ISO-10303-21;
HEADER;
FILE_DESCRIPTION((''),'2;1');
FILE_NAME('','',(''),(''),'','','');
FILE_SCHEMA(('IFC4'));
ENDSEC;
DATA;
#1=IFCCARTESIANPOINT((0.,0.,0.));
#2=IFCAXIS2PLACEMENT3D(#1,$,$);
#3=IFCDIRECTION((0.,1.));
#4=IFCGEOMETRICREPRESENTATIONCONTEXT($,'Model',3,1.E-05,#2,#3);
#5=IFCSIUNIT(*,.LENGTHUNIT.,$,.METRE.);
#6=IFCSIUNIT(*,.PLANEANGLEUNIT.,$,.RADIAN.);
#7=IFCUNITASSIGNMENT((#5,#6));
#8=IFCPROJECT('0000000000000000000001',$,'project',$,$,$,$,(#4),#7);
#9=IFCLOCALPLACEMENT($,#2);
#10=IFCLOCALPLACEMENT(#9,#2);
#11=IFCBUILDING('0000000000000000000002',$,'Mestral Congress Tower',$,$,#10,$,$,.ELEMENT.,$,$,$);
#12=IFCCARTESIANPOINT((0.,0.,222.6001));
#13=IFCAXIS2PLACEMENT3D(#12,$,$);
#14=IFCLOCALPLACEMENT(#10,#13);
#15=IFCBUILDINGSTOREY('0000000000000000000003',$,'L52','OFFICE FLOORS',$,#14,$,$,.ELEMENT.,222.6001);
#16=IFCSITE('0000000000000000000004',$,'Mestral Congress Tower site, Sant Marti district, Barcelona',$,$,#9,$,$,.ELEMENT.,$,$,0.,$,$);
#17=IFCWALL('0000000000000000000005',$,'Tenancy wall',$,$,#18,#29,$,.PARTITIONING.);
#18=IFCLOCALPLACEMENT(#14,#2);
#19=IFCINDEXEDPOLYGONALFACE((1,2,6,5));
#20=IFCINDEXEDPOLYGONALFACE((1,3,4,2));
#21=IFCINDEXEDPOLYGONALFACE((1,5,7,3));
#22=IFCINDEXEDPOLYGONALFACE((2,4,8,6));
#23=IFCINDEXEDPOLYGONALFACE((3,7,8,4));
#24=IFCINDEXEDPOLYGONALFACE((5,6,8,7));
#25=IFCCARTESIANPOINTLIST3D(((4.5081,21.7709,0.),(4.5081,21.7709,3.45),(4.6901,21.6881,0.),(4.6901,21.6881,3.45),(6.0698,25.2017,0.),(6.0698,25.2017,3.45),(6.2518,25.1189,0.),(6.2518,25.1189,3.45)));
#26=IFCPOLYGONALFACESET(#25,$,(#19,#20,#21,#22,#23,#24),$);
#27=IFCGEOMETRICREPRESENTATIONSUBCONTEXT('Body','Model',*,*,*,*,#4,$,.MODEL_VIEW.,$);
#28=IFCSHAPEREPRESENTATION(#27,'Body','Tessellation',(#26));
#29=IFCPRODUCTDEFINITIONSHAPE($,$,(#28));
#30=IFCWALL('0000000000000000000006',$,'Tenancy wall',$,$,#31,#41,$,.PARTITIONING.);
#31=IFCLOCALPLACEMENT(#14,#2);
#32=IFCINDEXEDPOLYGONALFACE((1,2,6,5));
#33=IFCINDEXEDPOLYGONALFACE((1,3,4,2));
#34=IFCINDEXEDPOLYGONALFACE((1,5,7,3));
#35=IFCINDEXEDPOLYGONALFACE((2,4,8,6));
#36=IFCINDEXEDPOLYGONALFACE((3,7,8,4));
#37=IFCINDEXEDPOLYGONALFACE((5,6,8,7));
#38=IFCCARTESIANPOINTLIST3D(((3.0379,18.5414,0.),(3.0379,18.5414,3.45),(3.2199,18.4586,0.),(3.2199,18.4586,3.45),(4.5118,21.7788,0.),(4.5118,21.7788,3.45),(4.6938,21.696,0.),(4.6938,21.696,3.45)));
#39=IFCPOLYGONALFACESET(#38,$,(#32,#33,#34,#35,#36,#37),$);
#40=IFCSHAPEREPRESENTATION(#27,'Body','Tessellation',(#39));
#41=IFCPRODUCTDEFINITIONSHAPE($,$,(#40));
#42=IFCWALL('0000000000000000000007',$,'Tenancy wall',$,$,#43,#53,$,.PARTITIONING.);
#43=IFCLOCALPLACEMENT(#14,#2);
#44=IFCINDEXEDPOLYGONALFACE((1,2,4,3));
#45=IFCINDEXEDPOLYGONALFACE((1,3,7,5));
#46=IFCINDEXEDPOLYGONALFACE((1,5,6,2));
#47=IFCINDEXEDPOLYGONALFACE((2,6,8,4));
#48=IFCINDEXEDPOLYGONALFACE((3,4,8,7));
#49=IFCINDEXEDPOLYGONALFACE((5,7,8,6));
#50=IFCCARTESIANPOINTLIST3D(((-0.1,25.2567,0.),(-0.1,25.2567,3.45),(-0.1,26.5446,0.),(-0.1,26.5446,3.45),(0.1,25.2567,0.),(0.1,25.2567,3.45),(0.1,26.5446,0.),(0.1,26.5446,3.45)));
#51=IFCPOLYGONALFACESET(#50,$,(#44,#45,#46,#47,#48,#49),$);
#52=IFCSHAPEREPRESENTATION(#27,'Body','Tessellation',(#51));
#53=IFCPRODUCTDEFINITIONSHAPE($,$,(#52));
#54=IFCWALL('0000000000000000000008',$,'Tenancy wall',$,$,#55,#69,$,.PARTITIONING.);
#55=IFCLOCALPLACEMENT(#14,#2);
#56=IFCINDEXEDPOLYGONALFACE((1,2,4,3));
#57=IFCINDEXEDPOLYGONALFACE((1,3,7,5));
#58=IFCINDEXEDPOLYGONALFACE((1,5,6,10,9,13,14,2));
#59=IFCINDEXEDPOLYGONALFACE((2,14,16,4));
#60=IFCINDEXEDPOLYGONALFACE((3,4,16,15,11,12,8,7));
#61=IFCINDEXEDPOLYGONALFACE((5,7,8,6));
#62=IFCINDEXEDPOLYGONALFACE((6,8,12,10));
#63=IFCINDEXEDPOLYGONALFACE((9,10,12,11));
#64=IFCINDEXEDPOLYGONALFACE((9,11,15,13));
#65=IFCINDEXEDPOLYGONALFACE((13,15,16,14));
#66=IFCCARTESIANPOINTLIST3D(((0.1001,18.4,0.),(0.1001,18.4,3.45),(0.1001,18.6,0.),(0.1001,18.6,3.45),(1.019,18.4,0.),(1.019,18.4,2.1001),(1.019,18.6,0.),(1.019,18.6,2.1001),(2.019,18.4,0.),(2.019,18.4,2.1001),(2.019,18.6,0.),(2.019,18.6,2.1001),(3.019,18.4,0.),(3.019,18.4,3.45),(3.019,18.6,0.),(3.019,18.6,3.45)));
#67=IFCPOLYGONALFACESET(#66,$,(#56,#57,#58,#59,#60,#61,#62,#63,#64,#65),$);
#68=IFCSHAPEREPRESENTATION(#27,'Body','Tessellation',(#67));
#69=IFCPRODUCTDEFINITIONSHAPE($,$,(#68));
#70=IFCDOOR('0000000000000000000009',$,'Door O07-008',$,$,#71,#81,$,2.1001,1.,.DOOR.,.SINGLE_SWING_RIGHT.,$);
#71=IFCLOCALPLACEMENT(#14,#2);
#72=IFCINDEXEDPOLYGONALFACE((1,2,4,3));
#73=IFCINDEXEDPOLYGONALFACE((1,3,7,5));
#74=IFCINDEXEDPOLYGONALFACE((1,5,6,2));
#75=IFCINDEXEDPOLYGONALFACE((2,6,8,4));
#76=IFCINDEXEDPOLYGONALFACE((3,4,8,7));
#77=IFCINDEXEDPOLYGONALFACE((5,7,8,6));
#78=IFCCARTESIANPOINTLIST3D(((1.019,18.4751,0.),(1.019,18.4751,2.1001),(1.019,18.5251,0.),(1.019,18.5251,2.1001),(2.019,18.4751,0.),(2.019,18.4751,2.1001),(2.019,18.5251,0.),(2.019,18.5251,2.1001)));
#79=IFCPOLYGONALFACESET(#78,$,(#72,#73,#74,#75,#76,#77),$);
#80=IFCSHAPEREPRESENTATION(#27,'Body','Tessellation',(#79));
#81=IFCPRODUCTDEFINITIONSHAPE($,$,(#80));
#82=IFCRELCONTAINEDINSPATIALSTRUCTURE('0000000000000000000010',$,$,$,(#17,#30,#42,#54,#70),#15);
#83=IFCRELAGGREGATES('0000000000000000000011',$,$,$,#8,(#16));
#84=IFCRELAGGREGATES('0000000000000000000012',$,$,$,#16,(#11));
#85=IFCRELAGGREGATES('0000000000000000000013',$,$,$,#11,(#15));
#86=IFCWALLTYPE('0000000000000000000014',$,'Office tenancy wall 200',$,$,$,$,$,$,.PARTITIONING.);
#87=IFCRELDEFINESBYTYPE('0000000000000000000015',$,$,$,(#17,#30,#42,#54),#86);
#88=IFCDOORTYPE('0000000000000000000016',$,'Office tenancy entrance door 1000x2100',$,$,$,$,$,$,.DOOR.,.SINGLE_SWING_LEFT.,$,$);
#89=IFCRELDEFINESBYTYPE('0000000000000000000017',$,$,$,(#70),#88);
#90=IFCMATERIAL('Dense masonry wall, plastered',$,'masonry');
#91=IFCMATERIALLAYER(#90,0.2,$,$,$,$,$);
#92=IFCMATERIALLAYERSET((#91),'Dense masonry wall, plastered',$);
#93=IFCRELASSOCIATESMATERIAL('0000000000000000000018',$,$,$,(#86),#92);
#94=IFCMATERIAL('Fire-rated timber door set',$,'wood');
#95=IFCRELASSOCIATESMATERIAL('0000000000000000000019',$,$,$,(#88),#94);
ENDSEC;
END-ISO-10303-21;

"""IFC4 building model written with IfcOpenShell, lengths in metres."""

from ifc_helpers import new_model, si_unit, direction, frame, frame_2d, origin, place, context, subcontext, project, spatial, rectangle, extrude, material, layer, layer_set, type_object, element, fill, save


model = new_model("IFC4")

# Units and contexts
model_context = context("Model", 3, precision=1e-05, world=origin(), true_north=direction((0.0, 1.0)))
body_context = subcontext(model_context, "Body", "Model", "MODEL_VIEW")
ifc_project = project(units=[si_unit("LENGTHUNIT", "METRE"), si_unit("PLANEANGLEUNIT", "RADIAN")], contexts=[model_context])

# Site, building, storey
site_placement = place(None, origin())
site = spatial("IfcSite", under=ifc_project, at=site_placement, Name="Mestral Congress Tower site, Sant Marti district, Barcelona", CompositionType="ELEMENT", RefElevation=0.0)
building_placement = place(site_placement, origin())
building = spatial("IfcBuilding", under=site, at=building_placement, Name="Mestral Congress Tower", CompositionType="ELEMENT")
storey_placement = place(building_placement, frame((0.0, 0.0, 222.6001)))
storey = spatial("IfcBuildingStorey", under=building, at=storey_placement, Name="L52", Description="OFFICE FLOORS", CompositionType="ELEMENT", Elevation=222.6001)

# Walls
ifc_material_1 = material(Name="Dense masonry wall, plastered", Category="masonry")
ifc_layer_1 = layer(ifc_material_1, 0.2)
ifc_layer_set_1 = layer_set([ifc_layer_1], Name="Dense masonry wall, plastered")
wall_type_1 = type_object("IfcWallType", Name="Office tenancy wall 200", PredefinedType="PARTITIONING", material=ifc_layer_set_1)
wall_1_placement = place(storey_placement, frame((4.5991, 21.7295, 0.0), z_axis=(0.0, 0.0, 1.0), x_axis=(0.414301, 0.91014, 0.0)))
element("IfcWall", 1, at=wall_1_placement, inside=storey, type_object=wall_type_1, Name="Tenancy wall", PredefinedType="PARTITIONING", context=body_context, shape_type="SweptSolid", body=[
    extrude(rectangle(XDim=3.7695, YDim=0.2, at=frame_2d((1.8848, 0.0))), origin(), (0.0, 0.0, 1.0), 3.45),
])
wall_2_placement = place(storey_placement, frame((3.1289, 18.5, 0.0), z_axis=(0.0, 0.0, 1.0), x_axis=(0.414356, 0.910115, 0.0)))
element("IfcWall", 2, at=wall_2_placement, inside=storey, type_object=wall_type_1, Name="Tenancy wall", PredefinedType="PARTITIONING", context=body_context, shape_type="SweptSolid", body=[
    extrude(rectangle(XDim=3.5571, YDim=0.2, at=frame_2d((1.7786, 0.0))), origin(), (0.0, 0.0, 1.0), 3.45),
])
wall_3_placement = place(storey_placement, frame((0.0, 25.2566, 0.0), z_axis=(0.0, 0.0, 1.0), x_axis=(0.0, 1.0, 0.0)))
element("IfcWall", 3, at=wall_3_placement, inside=storey, type_object=wall_type_1, Name="Tenancy wall", PredefinedType="PARTITIONING", context=body_context, shape_type="SweptSolid", body=[
    extrude(rectangle(XDim=1.2878, YDim=0.2, at=frame_2d((0.644, 0.0))), origin(), (0.0, 0.0, 1.0), 3.45),
])

# Wall, opening, door
wall_4_placement = place(storey_placement, frame((3.019, 18.5, 0.0), z_axis=(0.0, 0.0, 1.0), x_axis=(-1.0, 0.0, 0.0)))
wall_4 = element("IfcWall", 4, at=wall_4_placement, inside=storey, type_object=wall_type_1, Name="Tenancy wall", PredefinedType="PARTITIONING", context=body_context, shape_type="SweptSolid", body=[
    extrude(rectangle(XDim=2.9189, YDim=0.2, at=frame_2d((1.4595, 0.0))), origin(), (0.0, 0.0, 1.0), 3.45),
])
opening_1_placement = place(wall_4_placement, frame((1.0, 0.0, 0.0)))
opening_1 = element("IfcOpeningElement", 5, at=opening_1_placement, cuts=wall_4, PredefinedType="OPENING", context=body_context, shape_type="SweptSolid", body=[
    extrude(rectangle(XDim=1.0, YDim=2.1001, at=frame_2d((0.5, 1.05))), frame((0.0, 0.1099, 0.0), z_axis=(0.0, -1.0, 0.0), x_axis=(1.0, 0.0, 0.0)), (0.0, 0.0, 1.0), 0.22),
])
ifc_material_2 = material(Name="Fire-rated timber door set", Category="wood")
door_type_1 = type_object("IfcDoorType", Name="Office tenancy entrance door 1000x2100", OperationType="SINGLE_SWING_LEFT", PredefinedType="DOOR", material=ifc_material_2)
door_1_placement = place(opening_1_placement, origin())
door_1 = element("IfcDoor", 6, at=door_1_placement, inside=storey, type_object=door_type_1, Name="Door O07-008", OperationType="SINGLE_SWING_RIGHT", OverallHeight=2.1001, OverallWidth=1.0, PredefinedType="DOOR", context=body_context, shape_type="SweptSolid", body=[
    extrude(rectangle(XDim=1.0, YDim=2.1001, at=frame_2d((0.5, 1.05))), frame((0.0, 0.0249, 0.0), z_axis=(0.0, -1.0, 0.0), x_axis=(1.0, 0.0, 0.0)), (0.0, 0.0, 1.0), 0.05),
])
fill(opening_1, door_1)

save(model, "model.ifc")
